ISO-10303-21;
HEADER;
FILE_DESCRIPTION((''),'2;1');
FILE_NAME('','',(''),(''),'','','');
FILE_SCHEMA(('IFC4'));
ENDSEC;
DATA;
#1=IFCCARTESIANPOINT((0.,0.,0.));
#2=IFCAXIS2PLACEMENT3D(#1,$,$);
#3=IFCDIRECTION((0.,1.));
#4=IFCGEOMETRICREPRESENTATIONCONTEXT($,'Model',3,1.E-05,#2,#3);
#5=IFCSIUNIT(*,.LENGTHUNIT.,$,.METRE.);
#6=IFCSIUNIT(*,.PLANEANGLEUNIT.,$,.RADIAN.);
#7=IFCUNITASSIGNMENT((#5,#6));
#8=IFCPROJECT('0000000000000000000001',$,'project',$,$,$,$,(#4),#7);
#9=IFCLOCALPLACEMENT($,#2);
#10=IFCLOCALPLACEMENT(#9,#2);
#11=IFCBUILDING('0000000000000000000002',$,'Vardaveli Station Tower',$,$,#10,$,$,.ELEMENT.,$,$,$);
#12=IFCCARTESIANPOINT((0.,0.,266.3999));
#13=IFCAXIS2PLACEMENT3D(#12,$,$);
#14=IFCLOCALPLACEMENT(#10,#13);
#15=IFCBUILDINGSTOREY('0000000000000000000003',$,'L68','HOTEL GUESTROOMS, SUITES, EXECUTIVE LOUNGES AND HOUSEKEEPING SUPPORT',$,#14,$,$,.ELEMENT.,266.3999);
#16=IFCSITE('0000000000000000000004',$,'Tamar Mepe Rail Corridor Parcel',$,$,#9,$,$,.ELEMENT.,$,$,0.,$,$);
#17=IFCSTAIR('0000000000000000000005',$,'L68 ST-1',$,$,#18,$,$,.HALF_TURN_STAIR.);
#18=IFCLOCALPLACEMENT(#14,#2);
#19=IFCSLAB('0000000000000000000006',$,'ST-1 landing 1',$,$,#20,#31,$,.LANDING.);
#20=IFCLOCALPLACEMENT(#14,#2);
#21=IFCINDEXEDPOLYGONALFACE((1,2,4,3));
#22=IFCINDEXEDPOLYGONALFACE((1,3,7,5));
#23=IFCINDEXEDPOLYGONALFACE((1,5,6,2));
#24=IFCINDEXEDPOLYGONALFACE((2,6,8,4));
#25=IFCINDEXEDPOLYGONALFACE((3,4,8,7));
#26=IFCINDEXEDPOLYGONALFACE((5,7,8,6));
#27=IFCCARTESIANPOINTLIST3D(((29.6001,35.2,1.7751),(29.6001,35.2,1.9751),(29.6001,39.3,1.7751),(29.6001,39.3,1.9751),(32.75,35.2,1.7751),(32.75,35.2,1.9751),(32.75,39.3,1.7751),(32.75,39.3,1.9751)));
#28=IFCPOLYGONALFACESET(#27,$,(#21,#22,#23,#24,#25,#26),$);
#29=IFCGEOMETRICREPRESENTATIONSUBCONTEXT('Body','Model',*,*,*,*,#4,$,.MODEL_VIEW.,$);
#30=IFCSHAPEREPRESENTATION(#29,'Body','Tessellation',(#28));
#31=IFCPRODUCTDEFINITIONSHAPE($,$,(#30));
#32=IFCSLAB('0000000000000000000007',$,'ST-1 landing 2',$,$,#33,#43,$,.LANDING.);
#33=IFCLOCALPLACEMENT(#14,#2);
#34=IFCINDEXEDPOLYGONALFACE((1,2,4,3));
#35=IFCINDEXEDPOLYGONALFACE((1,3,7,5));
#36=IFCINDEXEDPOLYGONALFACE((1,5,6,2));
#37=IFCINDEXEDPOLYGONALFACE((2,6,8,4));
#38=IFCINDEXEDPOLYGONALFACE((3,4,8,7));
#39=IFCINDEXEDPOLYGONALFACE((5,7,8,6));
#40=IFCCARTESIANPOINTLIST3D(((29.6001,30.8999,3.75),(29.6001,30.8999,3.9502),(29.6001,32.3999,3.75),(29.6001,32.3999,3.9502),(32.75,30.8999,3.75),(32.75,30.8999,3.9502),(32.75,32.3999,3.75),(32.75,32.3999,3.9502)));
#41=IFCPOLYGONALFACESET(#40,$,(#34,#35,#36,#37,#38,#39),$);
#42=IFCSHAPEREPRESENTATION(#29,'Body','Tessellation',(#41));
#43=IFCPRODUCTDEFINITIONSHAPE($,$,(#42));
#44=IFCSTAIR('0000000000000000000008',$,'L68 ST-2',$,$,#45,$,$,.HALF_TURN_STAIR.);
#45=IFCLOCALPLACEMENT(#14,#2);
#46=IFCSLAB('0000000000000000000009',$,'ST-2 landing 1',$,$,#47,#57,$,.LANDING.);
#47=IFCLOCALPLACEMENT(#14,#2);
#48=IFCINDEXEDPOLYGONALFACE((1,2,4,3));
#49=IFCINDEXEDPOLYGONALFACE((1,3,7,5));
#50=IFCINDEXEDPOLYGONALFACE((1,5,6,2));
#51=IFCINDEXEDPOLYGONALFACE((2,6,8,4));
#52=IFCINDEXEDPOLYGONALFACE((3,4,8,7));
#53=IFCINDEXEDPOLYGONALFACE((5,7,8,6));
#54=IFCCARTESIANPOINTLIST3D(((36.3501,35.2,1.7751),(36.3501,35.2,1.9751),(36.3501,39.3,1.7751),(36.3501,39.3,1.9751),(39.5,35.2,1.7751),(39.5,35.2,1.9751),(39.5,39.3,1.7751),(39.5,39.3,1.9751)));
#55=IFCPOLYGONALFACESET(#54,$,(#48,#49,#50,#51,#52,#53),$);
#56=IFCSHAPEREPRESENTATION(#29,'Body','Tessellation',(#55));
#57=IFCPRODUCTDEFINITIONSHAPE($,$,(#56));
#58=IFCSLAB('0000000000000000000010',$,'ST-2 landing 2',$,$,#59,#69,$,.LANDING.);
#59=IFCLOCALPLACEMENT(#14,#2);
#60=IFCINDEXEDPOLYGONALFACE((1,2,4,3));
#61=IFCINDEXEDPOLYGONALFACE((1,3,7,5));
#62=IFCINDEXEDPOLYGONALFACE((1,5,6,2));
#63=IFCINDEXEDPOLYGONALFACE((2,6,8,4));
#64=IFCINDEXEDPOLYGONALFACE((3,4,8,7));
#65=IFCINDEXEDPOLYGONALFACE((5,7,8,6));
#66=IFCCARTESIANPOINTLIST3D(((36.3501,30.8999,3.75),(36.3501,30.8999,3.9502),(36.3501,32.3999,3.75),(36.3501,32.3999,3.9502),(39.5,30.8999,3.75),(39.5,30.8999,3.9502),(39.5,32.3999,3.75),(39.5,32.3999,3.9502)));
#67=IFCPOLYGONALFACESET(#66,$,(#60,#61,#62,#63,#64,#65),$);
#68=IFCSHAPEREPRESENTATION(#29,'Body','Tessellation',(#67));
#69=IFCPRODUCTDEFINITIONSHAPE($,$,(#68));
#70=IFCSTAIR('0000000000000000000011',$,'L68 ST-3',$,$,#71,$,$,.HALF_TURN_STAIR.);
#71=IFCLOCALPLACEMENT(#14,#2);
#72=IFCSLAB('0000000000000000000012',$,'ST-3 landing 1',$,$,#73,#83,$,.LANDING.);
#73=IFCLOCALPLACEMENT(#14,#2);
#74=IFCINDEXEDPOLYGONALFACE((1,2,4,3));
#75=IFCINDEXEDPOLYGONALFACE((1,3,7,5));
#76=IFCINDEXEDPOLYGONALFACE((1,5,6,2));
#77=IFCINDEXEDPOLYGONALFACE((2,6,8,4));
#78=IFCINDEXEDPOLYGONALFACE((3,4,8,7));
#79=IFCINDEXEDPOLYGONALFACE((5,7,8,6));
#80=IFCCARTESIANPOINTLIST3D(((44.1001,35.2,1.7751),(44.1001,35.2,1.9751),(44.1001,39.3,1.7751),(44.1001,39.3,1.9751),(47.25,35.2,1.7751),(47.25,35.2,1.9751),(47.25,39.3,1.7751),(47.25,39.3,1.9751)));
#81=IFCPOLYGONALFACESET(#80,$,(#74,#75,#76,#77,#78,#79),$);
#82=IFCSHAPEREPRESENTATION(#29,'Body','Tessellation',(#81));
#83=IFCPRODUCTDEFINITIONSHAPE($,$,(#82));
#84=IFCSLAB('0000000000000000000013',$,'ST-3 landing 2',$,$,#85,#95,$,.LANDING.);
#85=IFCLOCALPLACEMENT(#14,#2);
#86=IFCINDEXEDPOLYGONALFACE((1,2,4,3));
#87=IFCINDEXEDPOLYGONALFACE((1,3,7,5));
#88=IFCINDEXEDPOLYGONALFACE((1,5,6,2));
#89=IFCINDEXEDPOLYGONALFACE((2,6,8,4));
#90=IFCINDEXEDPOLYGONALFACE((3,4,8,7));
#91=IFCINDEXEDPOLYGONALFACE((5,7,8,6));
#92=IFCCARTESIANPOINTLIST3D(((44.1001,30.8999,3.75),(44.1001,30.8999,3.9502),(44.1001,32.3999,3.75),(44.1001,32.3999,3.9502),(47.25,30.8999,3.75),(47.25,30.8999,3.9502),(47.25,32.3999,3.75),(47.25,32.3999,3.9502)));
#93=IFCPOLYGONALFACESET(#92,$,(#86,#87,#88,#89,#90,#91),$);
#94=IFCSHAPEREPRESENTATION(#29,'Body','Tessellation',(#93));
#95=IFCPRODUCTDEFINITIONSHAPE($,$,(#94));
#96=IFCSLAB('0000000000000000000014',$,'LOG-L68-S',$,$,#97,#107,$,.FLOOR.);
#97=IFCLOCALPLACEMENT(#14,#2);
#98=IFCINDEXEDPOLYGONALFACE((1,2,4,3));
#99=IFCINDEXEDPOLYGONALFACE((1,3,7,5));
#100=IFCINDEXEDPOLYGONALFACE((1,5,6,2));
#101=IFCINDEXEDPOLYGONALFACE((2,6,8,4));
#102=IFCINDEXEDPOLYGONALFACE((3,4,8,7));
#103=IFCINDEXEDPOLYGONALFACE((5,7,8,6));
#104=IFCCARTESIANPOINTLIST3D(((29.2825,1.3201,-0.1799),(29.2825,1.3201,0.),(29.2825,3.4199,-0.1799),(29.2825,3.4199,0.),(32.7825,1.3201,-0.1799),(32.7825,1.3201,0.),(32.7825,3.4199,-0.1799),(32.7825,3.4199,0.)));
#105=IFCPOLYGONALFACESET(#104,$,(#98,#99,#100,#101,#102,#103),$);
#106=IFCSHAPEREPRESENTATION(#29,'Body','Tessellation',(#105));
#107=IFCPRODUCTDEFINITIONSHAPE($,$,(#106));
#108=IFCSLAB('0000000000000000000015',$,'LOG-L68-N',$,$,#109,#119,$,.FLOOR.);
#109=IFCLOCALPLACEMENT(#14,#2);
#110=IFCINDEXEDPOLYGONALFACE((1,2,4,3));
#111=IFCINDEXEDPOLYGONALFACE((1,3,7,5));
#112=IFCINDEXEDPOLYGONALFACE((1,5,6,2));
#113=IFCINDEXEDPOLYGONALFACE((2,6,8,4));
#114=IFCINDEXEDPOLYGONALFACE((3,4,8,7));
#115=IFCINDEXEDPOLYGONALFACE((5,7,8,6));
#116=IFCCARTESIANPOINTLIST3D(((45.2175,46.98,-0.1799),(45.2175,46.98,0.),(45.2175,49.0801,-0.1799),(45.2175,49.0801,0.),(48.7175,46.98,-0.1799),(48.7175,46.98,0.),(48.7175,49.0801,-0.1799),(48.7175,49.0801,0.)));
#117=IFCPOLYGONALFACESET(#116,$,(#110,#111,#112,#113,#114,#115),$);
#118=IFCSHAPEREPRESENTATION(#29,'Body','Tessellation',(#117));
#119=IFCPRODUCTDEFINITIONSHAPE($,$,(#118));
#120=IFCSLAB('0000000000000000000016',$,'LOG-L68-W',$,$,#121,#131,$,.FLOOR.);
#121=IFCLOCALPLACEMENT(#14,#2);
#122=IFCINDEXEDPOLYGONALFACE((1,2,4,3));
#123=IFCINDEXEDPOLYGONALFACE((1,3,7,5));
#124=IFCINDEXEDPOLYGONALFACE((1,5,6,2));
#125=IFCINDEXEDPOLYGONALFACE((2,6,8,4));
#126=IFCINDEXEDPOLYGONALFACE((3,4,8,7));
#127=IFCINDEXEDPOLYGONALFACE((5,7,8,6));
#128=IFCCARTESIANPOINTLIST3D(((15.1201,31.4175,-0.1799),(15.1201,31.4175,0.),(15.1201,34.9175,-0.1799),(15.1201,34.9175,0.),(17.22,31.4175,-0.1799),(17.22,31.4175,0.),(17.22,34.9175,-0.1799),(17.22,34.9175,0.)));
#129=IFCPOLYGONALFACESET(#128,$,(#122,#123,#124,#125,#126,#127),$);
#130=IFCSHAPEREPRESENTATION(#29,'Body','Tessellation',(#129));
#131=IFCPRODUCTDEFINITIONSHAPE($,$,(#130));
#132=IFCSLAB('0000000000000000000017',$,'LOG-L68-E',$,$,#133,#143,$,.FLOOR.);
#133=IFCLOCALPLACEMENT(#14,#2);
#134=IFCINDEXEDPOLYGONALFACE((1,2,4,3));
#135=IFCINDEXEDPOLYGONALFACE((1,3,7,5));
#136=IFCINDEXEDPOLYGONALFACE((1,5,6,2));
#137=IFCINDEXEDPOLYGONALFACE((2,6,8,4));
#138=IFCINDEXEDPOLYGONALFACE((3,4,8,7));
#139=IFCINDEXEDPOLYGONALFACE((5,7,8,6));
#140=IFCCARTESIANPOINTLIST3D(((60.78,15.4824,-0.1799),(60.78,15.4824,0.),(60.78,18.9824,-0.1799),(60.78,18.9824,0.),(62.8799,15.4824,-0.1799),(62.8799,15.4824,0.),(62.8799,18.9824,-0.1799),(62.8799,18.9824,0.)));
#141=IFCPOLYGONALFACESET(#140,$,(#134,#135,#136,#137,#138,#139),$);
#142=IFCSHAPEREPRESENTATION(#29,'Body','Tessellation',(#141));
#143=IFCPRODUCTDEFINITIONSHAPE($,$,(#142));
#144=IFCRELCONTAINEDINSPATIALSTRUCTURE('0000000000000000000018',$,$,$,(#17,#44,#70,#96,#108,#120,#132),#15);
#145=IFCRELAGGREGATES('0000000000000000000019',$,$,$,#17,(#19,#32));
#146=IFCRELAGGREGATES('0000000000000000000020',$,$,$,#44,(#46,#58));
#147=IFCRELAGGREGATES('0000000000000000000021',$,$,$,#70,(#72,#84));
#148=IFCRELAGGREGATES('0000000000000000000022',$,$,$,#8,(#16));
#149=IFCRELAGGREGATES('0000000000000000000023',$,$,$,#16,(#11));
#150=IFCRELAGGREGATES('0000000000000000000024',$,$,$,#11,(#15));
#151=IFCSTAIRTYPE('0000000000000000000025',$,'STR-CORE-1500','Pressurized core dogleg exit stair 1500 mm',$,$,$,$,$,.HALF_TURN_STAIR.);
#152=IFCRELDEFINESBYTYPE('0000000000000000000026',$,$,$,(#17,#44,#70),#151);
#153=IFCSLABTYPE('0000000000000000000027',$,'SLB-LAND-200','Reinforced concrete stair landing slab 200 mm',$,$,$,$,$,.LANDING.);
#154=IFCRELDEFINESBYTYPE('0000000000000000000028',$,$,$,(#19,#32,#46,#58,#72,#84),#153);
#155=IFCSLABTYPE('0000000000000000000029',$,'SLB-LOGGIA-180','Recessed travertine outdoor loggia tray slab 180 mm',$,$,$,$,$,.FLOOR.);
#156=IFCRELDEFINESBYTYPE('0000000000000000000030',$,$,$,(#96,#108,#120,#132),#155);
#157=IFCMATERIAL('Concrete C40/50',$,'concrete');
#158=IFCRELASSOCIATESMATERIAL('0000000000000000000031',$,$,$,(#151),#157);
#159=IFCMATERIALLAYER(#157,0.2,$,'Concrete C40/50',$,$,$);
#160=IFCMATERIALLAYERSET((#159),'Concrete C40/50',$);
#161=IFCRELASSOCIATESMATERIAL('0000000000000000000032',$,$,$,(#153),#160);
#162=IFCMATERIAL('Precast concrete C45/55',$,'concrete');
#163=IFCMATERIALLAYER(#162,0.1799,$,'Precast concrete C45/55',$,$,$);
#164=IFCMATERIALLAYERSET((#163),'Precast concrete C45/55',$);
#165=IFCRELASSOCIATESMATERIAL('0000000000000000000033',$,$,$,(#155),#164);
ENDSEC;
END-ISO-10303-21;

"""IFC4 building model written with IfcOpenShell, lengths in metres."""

from ifc_helpers import new_model, si_unit, direction, frame, origin, place, context, subcontext, project, spatial, polyline, outline, extrude, material, layer, layer_set, type_object, element, aggregate, save


model = new_model("IFC4")

# Units and contexts
model_context = context("Model", 3, precision=1e-05, world=origin(), true_north=direction((0.0, 1.0)))
body_context = subcontext(model_context, "Body", "Model", "MODEL_VIEW")
ifc_project = project(units=[si_unit("LENGTHUNIT", "METRE"), si_unit("PLANEANGLEUNIT", "RADIAN")], contexts=[model_context])

# Site, building, storey
site_placement = place(None, origin())
site = spatial("IfcSite", under=ifc_project, at=site_placement, Name="Tamar Mepe Rail Corridor Parcel", CompositionType="ELEMENT", RefElevation=0.0)
building_placement = place(site_placement, origin())
building = spatial("IfcBuilding", under=site, at=building_placement, Name="Vardaveli Station Tower", CompositionType="ELEMENT")
storey_placement = place(building_placement, frame((0.0, 0.0, 266.3999)))
storey = spatial("IfcBuildingStorey", under=building, at=storey_placement, Name="L68", Description="HOTEL GUESTROOMS, SUITES, EXECUTIVE LOUNGES AND HOUSEKEEPING SUPPORT", CompositionType="ELEMENT", Elevation=266.3999)

# Stairs, slabs
ifc_material_1 = material(Name="Concrete C40/50", Category="concrete")
stair_type = type_object("IfcStairType", Name="STR-CORE-1500", Description="Pressurized core dogleg exit stair 1500 mm", PredefinedType="HALF_TURN_STAIR", material=ifc_material_1)
stair_1_placement = place(storey_placement, origin())
stair_1 = element("IfcStair", 1, at=stair_1_placement, inside=storey, type_object=stair_type, Name="L68 ST-1", PredefinedType="HALF_TURN_STAIR")
ifc_layer_1 = layer(ifc_material_1, 0.2, Name="Concrete C40/50")
ifc_layer_set_1 = layer_set([ifc_layer_1], Name="Concrete C40/50")
slab_type_1 = type_object("IfcSlabType", Name="SLB-LAND-200", Description="Reinforced concrete stair landing slab 200 mm", PredefinedType="LANDING", material=ifc_layer_set_1)
slab_1_placement = place(storey_placement, frame((0.0, 0.0, 1.7751)))
slab_1 = element("IfcSlab", 2, at=slab_1_placement, type_object=slab_type_1, Name="ST-1 landing 1", PredefinedType="LANDING", context=body_context, shape_type="SweptSolid", body=[
    extrude(outline(polyline([(32.75, 35.2), (32.75, 39.3), (29.6001, 39.3), (29.6001, 35.2), (32.75, 35.2)])), origin(), (0.0, 0.0, 1.0), 0.2),
])
slab_2_placement = place(storey_placement, frame((0.0, 0.0, 3.75)))
slab_2 = element("IfcSlab", 3, at=slab_2_placement, type_object=slab_type_1, Name="ST-1 landing 2", PredefinedType="LANDING", context=body_context, shape_type="SweptSolid", body=[
    extrude(outline(polyline([(32.75, 30.8999), (32.75, 32.3999), (29.6001, 32.3999), (29.6001, 30.8999), (32.75, 30.8999)])), origin(), (0.0, 0.0, 1.0), 0.2002),
])
aggregate(stair_1, [slab_1, slab_2])
stair_2_placement = place(storey_placement, origin())
stair_2 = element("IfcStair", 4, at=stair_2_placement, inside=storey, type_object=stair_type, Name="L68 ST-2", PredefinedType="HALF_TURN_STAIR")
slab_3_placement = place(storey_placement, frame((0.0, 0.0, 1.7751)))
slab_3 = element("IfcSlab", 5, at=slab_3_placement, type_object=slab_type_1, Name="ST-2 landing 1", PredefinedType="LANDING", context=body_context, shape_type="SweptSolid", body=[
    extrude(outline(polyline([(39.5, 35.2), (39.5, 39.3), (36.3501, 39.3), (36.3501, 35.2), (39.5, 35.2)])), origin(), (0.0, 0.0, 1.0), 0.2),
])
slab_4_placement = place(storey_placement, frame((0.0, 0.0, 3.75)))
slab_4 = element("IfcSlab", 6, at=slab_4_placement, type_object=slab_type_1, Name="ST-2 landing 2", PredefinedType="LANDING", context=body_context, shape_type="SweptSolid", body=[
    extrude(outline(polyline([(39.5, 30.8999), (39.5, 32.3999), (36.3501, 32.3999), (36.3501, 30.8999), (39.5, 30.8999)])), origin(), (0.0, 0.0, 1.0), 0.2002),
])
aggregate(stair_2, [slab_3, slab_4])
stair_3_placement = place(storey_placement, origin())
stair_3 = element("IfcStair", 7, at=stair_3_placement, inside=storey, type_object=stair_type, Name="L68 ST-3", PredefinedType="HALF_TURN_STAIR")
slab_5_placement = place(storey_placement, frame((0.0, 0.0, 1.7751)))
slab_5 = element("IfcSlab", 8, at=slab_5_placement, type_object=slab_type_1, Name="ST-3 landing 1", PredefinedType="LANDING", context=body_context, shape_type="SweptSolid", body=[
    extrude(outline(polyline([(47.25, 35.2), (47.25, 39.3), (44.1001, 39.3), (44.1001, 35.2), (47.25, 35.2)])), origin(), (0.0, 0.0, 1.0), 0.2),
])
slab_6_placement = place(storey_placement, frame((0.0, 0.0, 3.75)))
slab_6 = element("IfcSlab", 9, at=slab_6_placement, type_object=slab_type_1, Name="ST-3 landing 2", PredefinedType="LANDING", context=body_context, shape_type="SweptSolid", body=[
    extrude(outline(polyline([(47.25, 30.8999), (47.25, 32.3999), (44.1001, 32.3999), (44.1001, 30.8999), (47.25, 30.8999)])), origin(), (0.0, 0.0, 1.0), 0.2002),
])
aggregate(stair_3, [slab_5, slab_6])

# Slabs
ifc_material_2 = material(Name="Precast concrete C45/55", Category="concrete")
ifc_layer_2 = layer(ifc_material_2, 0.1799, Name="Precast concrete C45/55")
ifc_layer_set_2 = layer_set([ifc_layer_2], Name="Precast concrete C45/55")
slab_type_2 = type_object("IfcSlabType", Name="SLB-LOGGIA-180", Description="Recessed travertine outdoor loggia tray slab 180 mm", PredefinedType="FLOOR", material=ifc_layer_set_2)
slab_7_placement = place(storey_placement, frame((0.0, 0.0, -0.1799)))
element("IfcSlab", 10, at=slab_7_placement, inside=storey, type_object=slab_type_2, Name="LOG-L68-S", PredefinedType="FLOOR", context=body_context, shape_type="SweptSolid", body=[
    extrude(outline(polyline([(29.2825, 1.3201), (32.7825, 1.3201), (32.7825, 3.4199), (29.2825, 3.4199), (29.2825, 1.3201)])), origin(), (0.0, 0.0, 1.0), 0.1799),
])
slab_8_placement = place(storey_placement, frame((0.0, 0.0, -0.1799)))
element("IfcSlab", 11, at=slab_8_placement, inside=storey, type_object=slab_type_2, Name="LOG-L68-N", PredefinedType="FLOOR", context=body_context, shape_type="SweptSolid", body=[
    extrude(outline(polyline([(45.2175, 46.98), (48.7175, 46.98), (48.7175, 49.0801), (45.2175, 49.0801), (45.2175, 46.98)])), origin(), (0.0, 0.0, 1.0), 0.1799),
])
slab_9_placement = place(storey_placement, frame((0.0, 0.0, -0.1799)))
element("IfcSlab", 12, at=slab_9_placement, inside=storey, type_object=slab_type_2, Name="LOG-L68-W", PredefinedType="FLOOR", context=body_context, shape_type="SweptSolid", body=[
    extrude(outline(polyline([(15.1201, 31.4175), (17.22, 31.4175), (17.22, 34.9175), (15.1201, 34.9175), (15.1201, 31.4175)])), origin(), (0.0, 0.0, 1.0), 0.1799),
])
slab_10_placement = place(storey_placement, frame((0.0, 0.0, -0.1799)))
element("IfcSlab", 13, at=slab_10_placement, inside=storey, type_object=slab_type_2, Name="LOG-L68-E", PredefinedType="FLOOR", context=body_context, shape_type="SweptSolid", body=[
    extrude(outline(polyline([(60.78, 15.4824), (62.8799, 15.4824), (62.8799, 18.9824), (60.78, 18.9824), (60.78, 15.4824)])), origin(), (0.0, 0.0, 1.0), 0.1799),
])

save(model, "model.ifc")
